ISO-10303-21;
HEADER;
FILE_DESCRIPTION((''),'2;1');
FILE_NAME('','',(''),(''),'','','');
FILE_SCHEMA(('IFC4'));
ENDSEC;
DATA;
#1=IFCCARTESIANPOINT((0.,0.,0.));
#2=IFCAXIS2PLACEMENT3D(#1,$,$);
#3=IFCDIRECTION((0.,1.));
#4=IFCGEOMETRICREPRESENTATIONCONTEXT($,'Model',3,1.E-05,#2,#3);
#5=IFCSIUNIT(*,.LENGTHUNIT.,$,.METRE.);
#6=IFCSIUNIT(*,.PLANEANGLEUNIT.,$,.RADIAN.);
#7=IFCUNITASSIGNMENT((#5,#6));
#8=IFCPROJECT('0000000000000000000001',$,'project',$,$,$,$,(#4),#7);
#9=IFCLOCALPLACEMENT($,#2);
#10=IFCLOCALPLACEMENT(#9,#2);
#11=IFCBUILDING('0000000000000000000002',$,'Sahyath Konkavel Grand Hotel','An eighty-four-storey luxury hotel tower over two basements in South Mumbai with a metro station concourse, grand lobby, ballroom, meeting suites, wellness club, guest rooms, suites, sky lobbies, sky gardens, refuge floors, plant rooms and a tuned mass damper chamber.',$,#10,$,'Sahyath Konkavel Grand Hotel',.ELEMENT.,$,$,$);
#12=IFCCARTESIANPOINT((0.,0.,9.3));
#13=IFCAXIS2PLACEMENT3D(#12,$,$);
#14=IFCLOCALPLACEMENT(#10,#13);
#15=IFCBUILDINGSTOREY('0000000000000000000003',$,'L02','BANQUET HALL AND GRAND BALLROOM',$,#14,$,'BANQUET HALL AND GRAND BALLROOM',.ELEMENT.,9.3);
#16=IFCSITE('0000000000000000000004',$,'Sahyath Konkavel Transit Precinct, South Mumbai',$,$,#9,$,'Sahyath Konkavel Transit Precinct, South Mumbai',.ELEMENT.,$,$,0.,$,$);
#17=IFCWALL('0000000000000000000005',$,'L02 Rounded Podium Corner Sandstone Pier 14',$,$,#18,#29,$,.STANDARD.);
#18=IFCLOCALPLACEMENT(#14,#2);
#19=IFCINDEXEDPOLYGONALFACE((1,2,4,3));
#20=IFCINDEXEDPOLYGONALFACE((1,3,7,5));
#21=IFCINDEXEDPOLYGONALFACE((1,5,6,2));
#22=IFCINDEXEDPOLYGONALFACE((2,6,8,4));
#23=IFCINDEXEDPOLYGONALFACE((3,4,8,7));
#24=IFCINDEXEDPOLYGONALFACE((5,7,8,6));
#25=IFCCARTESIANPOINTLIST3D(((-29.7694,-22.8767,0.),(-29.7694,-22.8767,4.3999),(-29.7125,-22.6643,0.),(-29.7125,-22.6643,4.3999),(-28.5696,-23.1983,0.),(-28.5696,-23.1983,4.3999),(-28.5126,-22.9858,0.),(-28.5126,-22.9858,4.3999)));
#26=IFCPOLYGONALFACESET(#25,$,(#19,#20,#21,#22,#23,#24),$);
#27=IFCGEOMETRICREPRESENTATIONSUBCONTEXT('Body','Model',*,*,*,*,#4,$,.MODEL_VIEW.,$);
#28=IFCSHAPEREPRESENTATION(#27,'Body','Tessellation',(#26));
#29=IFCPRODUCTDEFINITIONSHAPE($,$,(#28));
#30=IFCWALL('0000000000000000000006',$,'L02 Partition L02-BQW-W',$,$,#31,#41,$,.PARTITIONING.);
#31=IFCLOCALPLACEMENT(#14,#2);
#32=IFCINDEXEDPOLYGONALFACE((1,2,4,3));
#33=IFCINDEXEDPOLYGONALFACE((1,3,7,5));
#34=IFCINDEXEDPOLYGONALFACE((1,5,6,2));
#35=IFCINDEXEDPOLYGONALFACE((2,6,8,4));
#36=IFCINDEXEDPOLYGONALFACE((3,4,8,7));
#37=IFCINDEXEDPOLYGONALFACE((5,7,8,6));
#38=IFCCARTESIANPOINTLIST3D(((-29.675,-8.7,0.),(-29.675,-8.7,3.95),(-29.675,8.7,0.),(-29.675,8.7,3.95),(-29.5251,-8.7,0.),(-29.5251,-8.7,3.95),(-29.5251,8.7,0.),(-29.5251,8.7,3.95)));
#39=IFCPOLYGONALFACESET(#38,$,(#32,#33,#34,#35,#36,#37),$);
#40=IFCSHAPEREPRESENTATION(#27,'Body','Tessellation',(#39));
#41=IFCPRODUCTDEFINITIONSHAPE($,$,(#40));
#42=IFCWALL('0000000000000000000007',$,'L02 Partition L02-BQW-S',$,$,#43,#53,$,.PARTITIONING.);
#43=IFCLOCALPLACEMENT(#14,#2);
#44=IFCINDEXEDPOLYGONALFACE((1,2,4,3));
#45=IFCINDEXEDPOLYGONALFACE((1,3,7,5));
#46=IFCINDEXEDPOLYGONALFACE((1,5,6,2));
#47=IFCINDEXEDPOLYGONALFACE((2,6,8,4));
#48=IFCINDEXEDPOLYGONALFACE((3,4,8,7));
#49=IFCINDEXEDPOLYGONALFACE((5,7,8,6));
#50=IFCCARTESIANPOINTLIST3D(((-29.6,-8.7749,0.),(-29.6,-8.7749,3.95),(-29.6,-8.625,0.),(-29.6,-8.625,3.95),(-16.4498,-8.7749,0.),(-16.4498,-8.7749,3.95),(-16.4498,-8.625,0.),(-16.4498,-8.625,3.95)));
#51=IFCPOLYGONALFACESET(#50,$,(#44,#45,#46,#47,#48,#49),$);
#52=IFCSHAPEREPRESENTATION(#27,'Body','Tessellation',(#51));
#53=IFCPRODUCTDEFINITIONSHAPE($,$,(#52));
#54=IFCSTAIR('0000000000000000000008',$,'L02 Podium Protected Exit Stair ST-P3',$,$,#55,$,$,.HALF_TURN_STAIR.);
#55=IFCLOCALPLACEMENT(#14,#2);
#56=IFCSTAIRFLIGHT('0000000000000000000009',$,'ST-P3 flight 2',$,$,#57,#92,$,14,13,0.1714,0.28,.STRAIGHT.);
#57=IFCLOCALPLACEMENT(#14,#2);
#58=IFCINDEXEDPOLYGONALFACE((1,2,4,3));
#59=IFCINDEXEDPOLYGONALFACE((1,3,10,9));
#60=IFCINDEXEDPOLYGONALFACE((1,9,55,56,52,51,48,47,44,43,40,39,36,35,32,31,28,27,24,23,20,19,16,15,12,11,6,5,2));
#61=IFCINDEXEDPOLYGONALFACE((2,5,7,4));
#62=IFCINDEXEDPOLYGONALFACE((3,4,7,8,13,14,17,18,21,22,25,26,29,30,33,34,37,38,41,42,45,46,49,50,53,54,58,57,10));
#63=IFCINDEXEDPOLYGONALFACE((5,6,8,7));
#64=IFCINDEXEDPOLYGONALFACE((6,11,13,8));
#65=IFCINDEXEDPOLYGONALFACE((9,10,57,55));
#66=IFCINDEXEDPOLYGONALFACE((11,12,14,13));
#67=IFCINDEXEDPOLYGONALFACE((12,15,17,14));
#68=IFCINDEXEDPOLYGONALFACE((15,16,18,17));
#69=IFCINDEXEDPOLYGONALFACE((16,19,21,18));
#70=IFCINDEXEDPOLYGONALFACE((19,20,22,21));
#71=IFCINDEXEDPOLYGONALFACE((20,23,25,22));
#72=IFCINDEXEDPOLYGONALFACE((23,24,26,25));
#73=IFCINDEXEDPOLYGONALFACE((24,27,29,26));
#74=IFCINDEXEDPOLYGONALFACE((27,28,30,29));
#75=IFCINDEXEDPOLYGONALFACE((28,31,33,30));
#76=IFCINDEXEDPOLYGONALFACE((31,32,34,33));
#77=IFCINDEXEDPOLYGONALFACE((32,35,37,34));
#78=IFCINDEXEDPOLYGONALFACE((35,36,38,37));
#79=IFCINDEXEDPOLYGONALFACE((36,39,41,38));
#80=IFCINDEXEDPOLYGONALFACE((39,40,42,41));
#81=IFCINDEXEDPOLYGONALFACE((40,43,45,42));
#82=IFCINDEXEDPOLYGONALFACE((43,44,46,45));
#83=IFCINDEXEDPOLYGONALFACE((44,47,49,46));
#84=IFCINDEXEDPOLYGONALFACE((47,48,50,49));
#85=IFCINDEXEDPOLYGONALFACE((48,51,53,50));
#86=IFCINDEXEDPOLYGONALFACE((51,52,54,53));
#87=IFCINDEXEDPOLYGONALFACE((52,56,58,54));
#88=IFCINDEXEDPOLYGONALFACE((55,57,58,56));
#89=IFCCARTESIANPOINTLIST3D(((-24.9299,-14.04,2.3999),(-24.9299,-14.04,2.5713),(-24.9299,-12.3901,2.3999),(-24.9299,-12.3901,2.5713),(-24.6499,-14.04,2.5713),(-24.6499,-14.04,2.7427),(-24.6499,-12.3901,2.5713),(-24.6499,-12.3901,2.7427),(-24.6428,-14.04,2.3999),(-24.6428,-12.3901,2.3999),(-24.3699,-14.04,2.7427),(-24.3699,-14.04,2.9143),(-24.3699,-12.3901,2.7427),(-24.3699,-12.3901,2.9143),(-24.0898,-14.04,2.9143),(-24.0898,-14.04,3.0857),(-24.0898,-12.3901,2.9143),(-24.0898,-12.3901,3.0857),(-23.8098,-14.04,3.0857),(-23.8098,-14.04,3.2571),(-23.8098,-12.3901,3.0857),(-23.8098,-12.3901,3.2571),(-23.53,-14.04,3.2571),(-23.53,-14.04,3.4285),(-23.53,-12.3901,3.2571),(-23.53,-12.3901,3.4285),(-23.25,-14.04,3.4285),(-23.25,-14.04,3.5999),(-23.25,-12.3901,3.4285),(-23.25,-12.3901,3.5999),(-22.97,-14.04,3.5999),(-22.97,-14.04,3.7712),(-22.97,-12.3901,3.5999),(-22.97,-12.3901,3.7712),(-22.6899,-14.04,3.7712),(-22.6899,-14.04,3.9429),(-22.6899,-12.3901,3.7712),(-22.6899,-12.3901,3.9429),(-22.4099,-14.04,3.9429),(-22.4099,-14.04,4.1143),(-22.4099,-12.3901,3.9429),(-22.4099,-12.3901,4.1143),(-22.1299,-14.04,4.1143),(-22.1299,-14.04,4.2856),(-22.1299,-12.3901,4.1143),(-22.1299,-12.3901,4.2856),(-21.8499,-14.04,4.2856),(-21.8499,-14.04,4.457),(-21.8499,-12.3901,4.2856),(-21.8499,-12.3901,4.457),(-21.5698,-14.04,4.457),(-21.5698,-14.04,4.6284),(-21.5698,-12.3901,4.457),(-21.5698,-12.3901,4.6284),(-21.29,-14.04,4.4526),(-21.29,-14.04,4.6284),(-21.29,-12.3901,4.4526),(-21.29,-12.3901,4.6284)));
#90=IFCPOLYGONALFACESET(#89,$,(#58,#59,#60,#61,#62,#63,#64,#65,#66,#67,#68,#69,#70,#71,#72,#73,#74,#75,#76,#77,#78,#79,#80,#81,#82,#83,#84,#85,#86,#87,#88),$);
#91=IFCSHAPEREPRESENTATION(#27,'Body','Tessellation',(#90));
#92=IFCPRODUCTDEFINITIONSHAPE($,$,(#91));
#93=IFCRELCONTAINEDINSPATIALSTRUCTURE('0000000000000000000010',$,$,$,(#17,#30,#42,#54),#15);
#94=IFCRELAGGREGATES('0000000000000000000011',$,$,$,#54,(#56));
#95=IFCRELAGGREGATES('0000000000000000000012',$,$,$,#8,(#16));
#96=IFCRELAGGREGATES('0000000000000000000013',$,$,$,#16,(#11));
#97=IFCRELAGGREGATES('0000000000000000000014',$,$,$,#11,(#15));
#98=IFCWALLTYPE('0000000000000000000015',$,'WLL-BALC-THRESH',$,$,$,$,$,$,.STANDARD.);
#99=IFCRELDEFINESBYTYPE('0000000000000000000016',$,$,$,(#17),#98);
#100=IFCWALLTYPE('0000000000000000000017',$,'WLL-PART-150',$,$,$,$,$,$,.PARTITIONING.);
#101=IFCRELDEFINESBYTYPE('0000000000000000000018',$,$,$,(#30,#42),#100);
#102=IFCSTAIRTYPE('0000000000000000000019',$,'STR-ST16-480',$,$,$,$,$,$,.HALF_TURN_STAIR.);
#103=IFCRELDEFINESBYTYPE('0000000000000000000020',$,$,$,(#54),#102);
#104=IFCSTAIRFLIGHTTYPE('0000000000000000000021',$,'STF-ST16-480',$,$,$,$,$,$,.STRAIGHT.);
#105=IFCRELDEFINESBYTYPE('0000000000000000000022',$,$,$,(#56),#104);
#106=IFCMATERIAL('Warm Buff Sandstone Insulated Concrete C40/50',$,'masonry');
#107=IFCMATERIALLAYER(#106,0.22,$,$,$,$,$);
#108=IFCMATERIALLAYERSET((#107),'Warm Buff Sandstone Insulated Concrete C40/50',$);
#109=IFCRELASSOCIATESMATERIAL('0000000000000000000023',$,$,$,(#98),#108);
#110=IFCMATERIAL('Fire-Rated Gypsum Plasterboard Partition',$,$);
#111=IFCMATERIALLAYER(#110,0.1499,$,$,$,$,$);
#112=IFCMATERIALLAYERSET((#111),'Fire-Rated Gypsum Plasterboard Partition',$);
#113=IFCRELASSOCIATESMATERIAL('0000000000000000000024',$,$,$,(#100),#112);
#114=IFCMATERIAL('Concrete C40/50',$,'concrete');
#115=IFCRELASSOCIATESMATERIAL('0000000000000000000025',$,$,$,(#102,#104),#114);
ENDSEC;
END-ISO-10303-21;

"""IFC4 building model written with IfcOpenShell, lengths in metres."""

from ifc_helpers import new_model, si_unit, direction, frame, frame_2d, origin, place, context, subcontext, project, spatial, polyline, rectangle, outline, extrude, material, layer, layer_set, type_object, element, aggregate, save


model = new_model("IFC4")

# Units and contexts
model_context = context("Model", 3, precision=1e-05, world=origin(), true_north=direction((0.0, 1.0)))
body_context = subcontext(model_context, "Body", "Model", "MODEL_VIEW")
ifc_project = project(units=[si_unit("LENGTHUNIT", "METRE"), si_unit("PLANEANGLEUNIT", "RADIAN")], contexts=[model_context])

# Site, building, storey
site_placement = place(None, origin())
site = spatial("IfcSite", under=ifc_project, at=site_placement, Name="Sahyath Konkavel Transit Precinct, South Mumbai", LongName="Sahyath Konkavel Transit Precinct, South Mumbai", CompositionType="ELEMENT", RefElevation=0.0)
building_placement = place(site_placement, origin())
building = spatial("IfcBuilding", under=site, at=building_placement, Name="Sahyath Konkavel Grand Hotel", Description="An eighty-four-storey luxury hotel tower over two basements in South Mumbai with a metro station concourse, grand lobby, ballroom, meeting suites, wellness club, guest rooms, suites, sky lobbies, sky gardens, refuge floors, plant rooms and a tuned mass damper chamber.", LongName="Sahyath Konkavel Grand Hotel", CompositionType="ELEMENT")
storey_placement = place(building_placement, frame((0.0, 0.0, 9.3)))
storey = spatial("IfcBuildingStorey", under=building, at=storey_placement, Name="L02", Description="BANQUET HALL AND GRAND BALLROOM", LongName="BANQUET HALL AND GRAND BALLROOM", CompositionType="ELEMENT", Elevation=9.3)

# Walls
ifc_material_1 = material(Name="Concrete C40/50", Category="concrete")
ifc_material_2 = material(Name="Warm Buff Sandstone Insulated Concrete C40/50", Category="masonry")
ifc_layer_1 = layer(ifc_material_2, 0.22)
ifc_layer_set_1 = layer_set([ifc_layer_1], Name="Warm Buff Sandstone Insulated Concrete C40/50")
wall_type_1 = type_object("IfcWallType", Name="WLL-BALC-THRESH", PredefinedType="STANDARD", material=ifc_layer_set_1)
for number, where, z_axis, x_axis, name in (
    (1, (-29.741, -22.7705, 0.0), (0.0, 0.0, 1.0), (0.965924, -0.258824, 0.0), "L02 Rounded Podium Corner Sandstone Pier 14"),
):
    element("IfcWall", number, at=place(storey_placement, frame(where, z_axis=z_axis, x_axis=x_axis)), inside=storey, type_object=wall_type_1, Name=name, PredefinedType="STANDARD", context=body_context, shape_type="SweptSolid", body=[
        extrude(rectangle(XDim=1.2422, YDim=0.22, at=frame_2d((0.6211, 0.0))), origin(), (0.0, 0.0, 1.0), 4.3999),
    ])
ifc_material_3 = material(Name="Fire-Rated Gypsum Plasterboard Partition")
ifc_layer_2 = layer(ifc_material_3, 0.1499)
ifc_layer_set_2 = layer_set([ifc_layer_2], Name="Fire-Rated Gypsum Plasterboard Partition")
wall_type_2 = type_object("IfcWallType", Name="WLL-PART-150", PredefinedType="PARTITIONING", material=ifc_layer_set_2)
wall_1_placement = place(storey_placement, frame((-29.6001, -8.7, 0.0), z_axis=(0.0, 0.0, 1.0), x_axis=(0.0, 1.0, 0.0)))
element("IfcWall", 2, at=wall_1_placement, inside=storey, type_object=wall_type_2, Name="L02 Partition L02-BQW-W", PredefinedType="PARTITIONING", context=body_context, shape_type="SweptSolid", body=[
    extrude(rectangle(XDim=17.3999, YDim=0.1499, at=frame_2d((8.7, 0.0))), origin(), (0.0, 0.0, 1.0), 3.95),
])
wall_2_placement = place(storey_placement, frame((-29.6001, -8.7, 0.0), z_axis=(0.0, 0.0, 1.0), x_axis=(1.0, 0.0, 0.0)))
element("IfcWall", 3, at=wall_2_placement, inside=storey, type_object=wall_type_2, Name="L02 Partition L02-BQW-S", PredefinedType="PARTITIONING", context=body_context, shape_type="SweptSolid", body=[
    extrude(rectangle(XDim=13.1501, YDim=0.1499, at=frame_2d((6.5752, 0.0))), origin(), (0.0, 0.0, 1.0), 3.95),
])

# Stair, stair flight
stair_type = type_object("IfcStairType", Name="STR-ST16-480", PredefinedType="HALF_TURN_STAIR", material=ifc_material_1)
stair_placement = place(storey_placement, origin())
stair = element("IfcStair", 4, at=stair_placement, inside=storey, type_object=stair_type, Name="L02 Podium Protected Exit Stair ST-P3", PredefinedType="HALF_TURN_STAIR")
stair_flight_type = type_object("IfcStairFlightType", Name="STF-ST16-480", PredefinedType="STRAIGHT", material=ifc_material_1)
stair_flight_placement = place(storey_placement, frame((-24.9299, -13.2151, 2.3999), z_axis=(0.0, 0.0, 1.0), x_axis=(1.0, 0.0, 0.0)))
stair_flight = element("IfcStairFlight", 5, at=stair_flight_placement, type_object=stair_flight_type, Name="ST-P3 flight 2", NumberOfRisers=14, NumberOfTreads=13, PredefinedType="STRAIGHT", RiserHeight=0.1714, TreadLength=0.28, context=body_context, shape_type="SweptSolid", body=[
    extrude(outline(polyline([(0.0, 0.0), (0.0, 0.1714), (0.28, 0.1714), (0.28, 0.3428), (0.5601, 0.3428), (0.5601, 0.5144), (0.8401, 0.5144), (0.8401, 0.6858), (1.1201, 0.6858), (1.1201, 0.8572), (1.3999, 0.8572), (1.3999, 1.0286), (1.6799, 1.0286), (1.6799, 1.2), (1.96, 1.2), (1.96, 1.3713), (2.24, 1.3713), (2.24, 1.543), (2.52, 1.543), (2.52, 1.7144), (2.8, 1.7144), (2.8, 1.8857), (3.0801, 1.8857), (3.0801, 2.0571), (3.3601, 2.0571), (3.3601, 2.2285), (3.6399, 2.2285), (3.6399, 2.3999), (3.6399, 2.0527), (0.2871, 0.0), (0.0, 0.0)])), frame((0.0, 0.825, 0.0), z_axis=(0.0, -1.0, 0.0), x_axis=(1.0, 0.0, 0.0)), (0.0, 0.0, 1.0), 1.6499),
])
aggregate(stair, [stair_flight])

save(model, "model.ifc")
